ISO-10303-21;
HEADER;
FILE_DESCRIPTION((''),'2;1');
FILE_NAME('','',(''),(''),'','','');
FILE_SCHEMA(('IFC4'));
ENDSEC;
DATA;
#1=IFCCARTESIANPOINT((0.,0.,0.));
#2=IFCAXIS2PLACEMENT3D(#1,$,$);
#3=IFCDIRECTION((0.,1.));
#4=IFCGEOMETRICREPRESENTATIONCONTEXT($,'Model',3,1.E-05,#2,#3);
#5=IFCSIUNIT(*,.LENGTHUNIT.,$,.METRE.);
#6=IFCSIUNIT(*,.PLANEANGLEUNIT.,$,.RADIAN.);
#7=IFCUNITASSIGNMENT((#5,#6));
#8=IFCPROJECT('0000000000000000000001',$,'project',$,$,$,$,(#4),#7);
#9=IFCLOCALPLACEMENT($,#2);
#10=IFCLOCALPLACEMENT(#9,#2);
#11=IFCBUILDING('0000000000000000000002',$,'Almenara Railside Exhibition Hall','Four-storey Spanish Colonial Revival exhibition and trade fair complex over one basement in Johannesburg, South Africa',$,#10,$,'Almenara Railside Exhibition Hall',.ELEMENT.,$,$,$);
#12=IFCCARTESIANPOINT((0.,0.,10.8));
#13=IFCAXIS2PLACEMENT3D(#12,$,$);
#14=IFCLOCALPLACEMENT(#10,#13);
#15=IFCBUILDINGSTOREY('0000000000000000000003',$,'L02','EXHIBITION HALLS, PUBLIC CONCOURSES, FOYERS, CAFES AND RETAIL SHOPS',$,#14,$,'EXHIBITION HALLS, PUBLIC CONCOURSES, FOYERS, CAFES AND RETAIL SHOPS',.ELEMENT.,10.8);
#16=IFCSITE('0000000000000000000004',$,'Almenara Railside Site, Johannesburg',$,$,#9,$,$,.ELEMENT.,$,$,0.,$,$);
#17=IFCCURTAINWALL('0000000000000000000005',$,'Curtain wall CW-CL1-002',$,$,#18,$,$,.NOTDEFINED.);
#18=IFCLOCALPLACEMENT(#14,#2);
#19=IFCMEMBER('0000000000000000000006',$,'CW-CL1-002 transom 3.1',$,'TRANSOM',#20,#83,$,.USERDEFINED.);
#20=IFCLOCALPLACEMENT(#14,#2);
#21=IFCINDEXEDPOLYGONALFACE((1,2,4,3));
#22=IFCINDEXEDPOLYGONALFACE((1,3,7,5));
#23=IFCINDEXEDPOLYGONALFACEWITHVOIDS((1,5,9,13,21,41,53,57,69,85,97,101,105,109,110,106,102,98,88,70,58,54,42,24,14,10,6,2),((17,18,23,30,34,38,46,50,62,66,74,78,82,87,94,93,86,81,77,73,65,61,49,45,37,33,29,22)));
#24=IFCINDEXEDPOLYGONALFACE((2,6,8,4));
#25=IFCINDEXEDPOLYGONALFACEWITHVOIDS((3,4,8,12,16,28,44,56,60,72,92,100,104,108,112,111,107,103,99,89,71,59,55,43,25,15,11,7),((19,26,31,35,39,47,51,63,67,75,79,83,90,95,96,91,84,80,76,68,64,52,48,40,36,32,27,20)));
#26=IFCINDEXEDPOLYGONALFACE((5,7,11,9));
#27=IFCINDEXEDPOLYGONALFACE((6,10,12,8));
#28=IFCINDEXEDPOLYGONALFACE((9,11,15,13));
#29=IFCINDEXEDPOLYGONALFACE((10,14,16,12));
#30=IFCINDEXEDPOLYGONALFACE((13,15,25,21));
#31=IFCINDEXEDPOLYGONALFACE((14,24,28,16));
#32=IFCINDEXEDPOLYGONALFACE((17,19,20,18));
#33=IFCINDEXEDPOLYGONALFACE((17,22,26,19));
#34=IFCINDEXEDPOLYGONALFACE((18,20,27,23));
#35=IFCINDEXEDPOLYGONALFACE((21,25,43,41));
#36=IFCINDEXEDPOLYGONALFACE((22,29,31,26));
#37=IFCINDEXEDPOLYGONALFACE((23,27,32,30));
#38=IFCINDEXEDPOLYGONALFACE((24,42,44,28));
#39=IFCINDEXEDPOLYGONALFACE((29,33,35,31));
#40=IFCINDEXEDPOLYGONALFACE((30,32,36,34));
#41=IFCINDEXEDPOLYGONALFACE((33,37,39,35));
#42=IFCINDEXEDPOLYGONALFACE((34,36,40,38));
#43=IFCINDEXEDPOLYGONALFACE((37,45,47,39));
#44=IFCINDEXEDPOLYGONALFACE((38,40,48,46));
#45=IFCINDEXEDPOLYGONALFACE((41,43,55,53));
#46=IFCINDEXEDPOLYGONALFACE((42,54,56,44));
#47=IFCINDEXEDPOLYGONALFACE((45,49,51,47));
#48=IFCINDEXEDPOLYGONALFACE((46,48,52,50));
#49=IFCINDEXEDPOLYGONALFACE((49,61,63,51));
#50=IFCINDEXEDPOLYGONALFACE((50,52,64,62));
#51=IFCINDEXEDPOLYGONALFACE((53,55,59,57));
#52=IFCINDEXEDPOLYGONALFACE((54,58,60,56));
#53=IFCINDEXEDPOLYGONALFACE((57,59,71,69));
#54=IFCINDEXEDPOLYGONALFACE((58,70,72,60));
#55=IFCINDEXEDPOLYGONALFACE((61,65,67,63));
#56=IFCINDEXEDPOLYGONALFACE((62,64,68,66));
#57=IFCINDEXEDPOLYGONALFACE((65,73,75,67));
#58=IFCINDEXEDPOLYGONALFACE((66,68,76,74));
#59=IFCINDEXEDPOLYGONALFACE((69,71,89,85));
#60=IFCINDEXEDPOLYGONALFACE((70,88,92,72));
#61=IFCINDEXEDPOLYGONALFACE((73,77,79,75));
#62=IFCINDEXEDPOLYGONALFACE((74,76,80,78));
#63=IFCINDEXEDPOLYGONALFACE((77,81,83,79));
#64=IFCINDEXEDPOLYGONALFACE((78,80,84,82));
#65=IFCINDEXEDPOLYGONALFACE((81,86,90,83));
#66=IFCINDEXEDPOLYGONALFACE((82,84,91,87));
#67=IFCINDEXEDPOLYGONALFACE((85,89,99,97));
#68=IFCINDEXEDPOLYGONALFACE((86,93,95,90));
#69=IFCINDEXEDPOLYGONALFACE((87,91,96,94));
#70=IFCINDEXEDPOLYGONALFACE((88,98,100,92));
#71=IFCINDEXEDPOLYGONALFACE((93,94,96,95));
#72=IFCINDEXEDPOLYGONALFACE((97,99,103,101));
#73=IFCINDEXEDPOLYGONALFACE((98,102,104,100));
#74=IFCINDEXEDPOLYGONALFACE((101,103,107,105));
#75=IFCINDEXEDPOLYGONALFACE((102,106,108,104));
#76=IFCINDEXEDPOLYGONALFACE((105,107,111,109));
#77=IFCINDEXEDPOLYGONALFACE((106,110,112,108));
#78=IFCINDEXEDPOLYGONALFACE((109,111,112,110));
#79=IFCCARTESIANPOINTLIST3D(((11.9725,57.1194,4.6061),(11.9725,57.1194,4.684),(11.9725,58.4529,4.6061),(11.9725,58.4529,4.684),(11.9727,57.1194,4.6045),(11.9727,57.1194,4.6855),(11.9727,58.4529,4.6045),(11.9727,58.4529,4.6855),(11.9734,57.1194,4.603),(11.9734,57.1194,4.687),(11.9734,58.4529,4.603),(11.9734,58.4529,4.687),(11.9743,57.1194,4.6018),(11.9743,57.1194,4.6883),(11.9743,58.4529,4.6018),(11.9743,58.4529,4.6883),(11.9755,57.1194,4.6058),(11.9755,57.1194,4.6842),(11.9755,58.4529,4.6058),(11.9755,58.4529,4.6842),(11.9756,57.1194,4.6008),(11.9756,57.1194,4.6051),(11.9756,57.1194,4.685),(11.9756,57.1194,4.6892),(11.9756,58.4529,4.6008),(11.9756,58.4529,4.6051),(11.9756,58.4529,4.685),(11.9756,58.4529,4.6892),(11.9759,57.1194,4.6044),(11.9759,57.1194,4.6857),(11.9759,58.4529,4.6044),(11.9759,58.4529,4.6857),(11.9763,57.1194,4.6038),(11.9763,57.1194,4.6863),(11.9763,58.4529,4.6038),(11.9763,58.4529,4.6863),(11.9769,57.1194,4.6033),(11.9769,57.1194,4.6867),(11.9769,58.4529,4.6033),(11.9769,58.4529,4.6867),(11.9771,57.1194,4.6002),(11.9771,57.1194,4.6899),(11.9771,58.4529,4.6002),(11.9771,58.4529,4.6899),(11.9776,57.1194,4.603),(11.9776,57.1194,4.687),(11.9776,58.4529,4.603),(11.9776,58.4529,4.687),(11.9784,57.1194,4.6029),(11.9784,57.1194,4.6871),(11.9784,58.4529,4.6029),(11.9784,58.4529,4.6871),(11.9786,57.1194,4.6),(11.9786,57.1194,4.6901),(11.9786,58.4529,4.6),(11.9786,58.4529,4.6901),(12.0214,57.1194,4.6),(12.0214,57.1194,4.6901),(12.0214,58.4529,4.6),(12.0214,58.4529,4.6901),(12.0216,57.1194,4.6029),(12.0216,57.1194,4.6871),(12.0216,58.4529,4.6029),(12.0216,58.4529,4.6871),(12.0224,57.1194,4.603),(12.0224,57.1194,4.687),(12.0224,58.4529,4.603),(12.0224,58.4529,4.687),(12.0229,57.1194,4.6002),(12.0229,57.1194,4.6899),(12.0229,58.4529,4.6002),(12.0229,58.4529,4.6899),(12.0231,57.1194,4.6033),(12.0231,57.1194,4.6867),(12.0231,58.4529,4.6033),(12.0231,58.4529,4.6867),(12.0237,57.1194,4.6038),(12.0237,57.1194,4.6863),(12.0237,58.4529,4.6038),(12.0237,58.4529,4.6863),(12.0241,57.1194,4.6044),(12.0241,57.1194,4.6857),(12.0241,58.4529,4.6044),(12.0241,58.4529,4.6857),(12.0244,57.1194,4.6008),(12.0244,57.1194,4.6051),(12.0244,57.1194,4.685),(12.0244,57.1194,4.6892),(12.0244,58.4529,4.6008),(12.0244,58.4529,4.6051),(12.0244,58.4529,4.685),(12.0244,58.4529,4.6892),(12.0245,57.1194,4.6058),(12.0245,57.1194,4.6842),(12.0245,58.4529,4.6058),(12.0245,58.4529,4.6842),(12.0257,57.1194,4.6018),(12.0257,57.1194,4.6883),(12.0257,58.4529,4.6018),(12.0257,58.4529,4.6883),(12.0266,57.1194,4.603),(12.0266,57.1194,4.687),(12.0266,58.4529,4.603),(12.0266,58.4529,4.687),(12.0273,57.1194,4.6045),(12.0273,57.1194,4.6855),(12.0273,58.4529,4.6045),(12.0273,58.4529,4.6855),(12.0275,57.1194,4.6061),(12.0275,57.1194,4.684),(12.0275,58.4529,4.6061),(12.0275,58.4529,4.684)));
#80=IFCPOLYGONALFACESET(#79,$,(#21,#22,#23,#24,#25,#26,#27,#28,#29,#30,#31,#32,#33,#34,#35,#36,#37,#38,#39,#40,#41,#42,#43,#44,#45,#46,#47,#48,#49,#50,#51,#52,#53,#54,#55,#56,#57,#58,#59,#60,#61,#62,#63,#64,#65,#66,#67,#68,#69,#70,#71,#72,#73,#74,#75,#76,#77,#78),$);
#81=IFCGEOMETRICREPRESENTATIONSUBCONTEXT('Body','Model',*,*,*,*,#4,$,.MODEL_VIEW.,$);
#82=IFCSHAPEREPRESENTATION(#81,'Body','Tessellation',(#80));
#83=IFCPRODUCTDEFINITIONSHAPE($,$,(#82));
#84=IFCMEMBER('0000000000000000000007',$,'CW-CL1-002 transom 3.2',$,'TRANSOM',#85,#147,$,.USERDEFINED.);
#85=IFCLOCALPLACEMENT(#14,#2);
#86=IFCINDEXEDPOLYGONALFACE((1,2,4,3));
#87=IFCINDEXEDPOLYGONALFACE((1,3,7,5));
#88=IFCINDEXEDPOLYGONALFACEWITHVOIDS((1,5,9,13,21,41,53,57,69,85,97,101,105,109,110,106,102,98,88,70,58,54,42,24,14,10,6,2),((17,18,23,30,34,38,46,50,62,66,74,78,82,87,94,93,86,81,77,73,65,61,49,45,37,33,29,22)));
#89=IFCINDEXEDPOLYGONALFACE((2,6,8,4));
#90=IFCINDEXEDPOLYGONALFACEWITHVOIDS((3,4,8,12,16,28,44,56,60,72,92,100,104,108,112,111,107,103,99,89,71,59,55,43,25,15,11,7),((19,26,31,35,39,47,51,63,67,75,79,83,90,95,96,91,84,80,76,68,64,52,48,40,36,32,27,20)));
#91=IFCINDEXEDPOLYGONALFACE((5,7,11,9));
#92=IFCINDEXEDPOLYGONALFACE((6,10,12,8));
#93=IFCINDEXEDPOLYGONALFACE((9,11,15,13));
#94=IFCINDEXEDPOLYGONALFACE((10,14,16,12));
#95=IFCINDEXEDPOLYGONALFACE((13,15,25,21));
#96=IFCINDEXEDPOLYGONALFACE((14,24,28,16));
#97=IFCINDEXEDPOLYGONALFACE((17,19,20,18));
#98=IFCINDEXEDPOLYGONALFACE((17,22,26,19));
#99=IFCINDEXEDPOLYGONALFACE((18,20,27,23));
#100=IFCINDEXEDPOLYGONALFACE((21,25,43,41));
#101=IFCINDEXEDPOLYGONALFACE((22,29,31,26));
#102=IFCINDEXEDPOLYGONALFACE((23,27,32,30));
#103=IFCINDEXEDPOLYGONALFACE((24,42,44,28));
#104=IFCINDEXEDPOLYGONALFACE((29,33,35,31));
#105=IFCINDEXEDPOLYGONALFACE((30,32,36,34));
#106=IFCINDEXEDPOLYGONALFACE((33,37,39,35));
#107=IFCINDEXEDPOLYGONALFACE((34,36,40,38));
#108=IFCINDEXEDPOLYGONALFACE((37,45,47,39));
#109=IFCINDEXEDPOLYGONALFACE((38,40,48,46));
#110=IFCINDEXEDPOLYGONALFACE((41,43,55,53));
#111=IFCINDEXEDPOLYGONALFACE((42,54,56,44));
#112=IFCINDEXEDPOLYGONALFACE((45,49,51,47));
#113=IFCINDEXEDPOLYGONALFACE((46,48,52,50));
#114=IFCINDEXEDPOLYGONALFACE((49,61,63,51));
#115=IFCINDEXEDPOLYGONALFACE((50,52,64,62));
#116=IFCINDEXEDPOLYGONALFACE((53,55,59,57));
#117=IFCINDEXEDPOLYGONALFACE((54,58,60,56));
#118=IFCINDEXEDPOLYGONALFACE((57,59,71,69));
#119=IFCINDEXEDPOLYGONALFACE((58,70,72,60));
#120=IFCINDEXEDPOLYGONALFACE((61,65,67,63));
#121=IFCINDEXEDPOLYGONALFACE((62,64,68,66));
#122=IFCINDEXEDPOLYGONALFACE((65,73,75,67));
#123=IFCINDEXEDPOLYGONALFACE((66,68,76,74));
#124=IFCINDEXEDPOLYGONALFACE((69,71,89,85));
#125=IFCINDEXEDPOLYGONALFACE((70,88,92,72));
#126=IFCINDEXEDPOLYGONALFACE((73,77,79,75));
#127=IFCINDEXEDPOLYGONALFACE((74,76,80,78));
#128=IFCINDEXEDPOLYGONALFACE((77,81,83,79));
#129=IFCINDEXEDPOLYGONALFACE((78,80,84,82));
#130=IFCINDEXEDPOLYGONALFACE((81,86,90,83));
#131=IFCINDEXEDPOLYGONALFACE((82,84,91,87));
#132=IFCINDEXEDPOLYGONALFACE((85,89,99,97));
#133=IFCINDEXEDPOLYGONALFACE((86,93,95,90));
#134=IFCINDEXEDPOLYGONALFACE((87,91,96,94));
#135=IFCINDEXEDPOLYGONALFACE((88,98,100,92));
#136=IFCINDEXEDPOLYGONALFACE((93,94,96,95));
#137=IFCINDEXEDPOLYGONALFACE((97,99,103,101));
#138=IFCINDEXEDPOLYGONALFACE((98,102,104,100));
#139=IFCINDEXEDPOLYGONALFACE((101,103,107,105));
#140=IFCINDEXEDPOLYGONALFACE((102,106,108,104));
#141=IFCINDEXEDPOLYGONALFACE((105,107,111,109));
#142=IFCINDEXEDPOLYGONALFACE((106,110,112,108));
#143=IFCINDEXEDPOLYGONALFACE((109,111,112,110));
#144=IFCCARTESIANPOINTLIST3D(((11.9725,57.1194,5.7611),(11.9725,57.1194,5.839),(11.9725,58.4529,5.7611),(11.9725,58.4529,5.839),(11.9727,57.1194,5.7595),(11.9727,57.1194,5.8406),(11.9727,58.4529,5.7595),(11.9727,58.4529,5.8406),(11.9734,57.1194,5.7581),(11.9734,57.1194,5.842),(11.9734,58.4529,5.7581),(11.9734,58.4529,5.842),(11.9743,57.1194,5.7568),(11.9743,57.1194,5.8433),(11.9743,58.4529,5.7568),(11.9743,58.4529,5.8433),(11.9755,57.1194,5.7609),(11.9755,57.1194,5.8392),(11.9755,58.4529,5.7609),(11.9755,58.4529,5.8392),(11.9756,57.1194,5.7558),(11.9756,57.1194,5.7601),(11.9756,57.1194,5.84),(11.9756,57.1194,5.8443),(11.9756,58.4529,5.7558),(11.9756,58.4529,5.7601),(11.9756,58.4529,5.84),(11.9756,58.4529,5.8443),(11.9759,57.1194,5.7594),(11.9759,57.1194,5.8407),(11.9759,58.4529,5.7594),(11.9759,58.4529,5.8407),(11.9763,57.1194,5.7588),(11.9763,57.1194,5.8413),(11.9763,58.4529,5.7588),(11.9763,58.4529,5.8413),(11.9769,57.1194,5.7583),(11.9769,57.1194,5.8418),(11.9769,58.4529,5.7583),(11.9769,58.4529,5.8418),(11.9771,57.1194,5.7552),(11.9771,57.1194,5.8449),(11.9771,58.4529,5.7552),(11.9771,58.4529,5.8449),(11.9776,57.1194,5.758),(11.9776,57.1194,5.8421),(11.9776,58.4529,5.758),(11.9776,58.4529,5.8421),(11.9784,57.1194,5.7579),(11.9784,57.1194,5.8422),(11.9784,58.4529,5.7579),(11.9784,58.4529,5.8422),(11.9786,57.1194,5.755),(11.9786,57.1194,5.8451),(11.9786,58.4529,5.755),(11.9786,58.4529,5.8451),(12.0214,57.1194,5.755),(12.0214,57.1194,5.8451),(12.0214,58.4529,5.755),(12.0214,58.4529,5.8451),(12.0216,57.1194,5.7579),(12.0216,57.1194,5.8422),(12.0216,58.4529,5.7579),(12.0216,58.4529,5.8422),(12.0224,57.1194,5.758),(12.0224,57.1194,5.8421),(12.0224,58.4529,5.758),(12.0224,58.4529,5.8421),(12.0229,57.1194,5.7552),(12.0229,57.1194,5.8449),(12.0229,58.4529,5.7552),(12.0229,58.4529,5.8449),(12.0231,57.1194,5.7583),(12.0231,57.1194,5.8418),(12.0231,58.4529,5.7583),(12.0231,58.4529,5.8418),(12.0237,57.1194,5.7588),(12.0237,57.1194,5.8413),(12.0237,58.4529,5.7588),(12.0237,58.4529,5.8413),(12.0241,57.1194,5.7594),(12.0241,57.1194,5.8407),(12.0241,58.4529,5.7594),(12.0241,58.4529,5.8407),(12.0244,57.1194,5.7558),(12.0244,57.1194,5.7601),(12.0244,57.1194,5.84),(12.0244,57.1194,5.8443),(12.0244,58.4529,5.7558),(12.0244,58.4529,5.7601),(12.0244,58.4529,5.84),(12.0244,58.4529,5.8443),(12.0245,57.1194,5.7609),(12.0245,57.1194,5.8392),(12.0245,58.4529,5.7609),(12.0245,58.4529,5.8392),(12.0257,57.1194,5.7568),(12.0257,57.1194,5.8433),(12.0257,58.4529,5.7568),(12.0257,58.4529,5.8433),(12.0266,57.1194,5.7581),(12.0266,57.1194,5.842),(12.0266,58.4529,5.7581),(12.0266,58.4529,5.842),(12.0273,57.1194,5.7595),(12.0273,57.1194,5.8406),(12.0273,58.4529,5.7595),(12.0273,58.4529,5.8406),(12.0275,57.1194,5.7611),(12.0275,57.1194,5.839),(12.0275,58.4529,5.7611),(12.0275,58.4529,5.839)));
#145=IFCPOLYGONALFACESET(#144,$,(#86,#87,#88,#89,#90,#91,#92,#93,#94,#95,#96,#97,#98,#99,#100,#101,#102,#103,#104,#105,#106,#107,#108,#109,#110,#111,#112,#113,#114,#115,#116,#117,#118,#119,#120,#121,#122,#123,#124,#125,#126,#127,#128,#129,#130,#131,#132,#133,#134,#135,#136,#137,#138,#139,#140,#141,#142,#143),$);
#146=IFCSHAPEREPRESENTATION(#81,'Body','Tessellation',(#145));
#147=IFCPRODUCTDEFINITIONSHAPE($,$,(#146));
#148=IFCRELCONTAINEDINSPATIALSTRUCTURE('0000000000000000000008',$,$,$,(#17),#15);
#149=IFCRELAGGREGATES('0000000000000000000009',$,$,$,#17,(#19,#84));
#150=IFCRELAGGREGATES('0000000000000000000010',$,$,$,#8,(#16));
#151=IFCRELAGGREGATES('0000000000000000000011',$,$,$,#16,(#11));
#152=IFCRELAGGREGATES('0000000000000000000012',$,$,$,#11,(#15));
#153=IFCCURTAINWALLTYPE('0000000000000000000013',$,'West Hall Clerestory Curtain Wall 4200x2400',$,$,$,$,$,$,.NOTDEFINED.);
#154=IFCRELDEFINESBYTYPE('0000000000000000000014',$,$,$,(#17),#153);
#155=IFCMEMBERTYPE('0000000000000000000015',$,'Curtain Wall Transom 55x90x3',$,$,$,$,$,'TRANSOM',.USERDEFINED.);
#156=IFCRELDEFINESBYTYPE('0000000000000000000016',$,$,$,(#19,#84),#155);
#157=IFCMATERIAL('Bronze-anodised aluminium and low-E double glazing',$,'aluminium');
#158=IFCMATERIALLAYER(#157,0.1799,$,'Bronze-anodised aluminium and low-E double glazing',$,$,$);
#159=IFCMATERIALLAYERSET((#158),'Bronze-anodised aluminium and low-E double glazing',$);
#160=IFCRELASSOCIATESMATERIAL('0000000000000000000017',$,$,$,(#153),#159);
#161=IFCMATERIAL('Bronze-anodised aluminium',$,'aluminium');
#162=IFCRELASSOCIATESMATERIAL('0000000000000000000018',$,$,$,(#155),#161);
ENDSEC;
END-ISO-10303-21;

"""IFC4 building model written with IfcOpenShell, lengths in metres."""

from ifc_helpers import new_model, si_unit, direction, frame, origin, origin_2d, place, context, subcontext, project, spatial, hollow_rectangle, extrude, material, layer, layer_set, material_profile, profile_set, type_object, element, aggregate, save


model = new_model("IFC4")

# Units and contexts
model_context = context("Model", 3, precision=1e-05, world=origin(), true_north=direction((0.0, 1.0)))
body_context = subcontext(model_context, "Body", "Model", "MODEL_VIEW")
ifc_project = project(units=[si_unit("LENGTHUNIT", "METRE"), si_unit("PLANEANGLEUNIT", "RADIAN")], contexts=[model_context])

# Site, building, storey
site_placement = place(None, origin())
site = spatial("IfcSite", under=ifc_project, at=site_placement, Name="Almenara Railside Site, Johannesburg", CompositionType="ELEMENT", RefElevation=0.0)
building_placement = place(site_placement, origin())
building = spatial("IfcBuilding", under=site, at=building_placement, Name="Almenara Railside Exhibition Hall", Description="Four-storey Spanish Colonial Revival exhibition and trade fair complex over one basement in Johannesburg, South Africa", LongName="Almenara Railside Exhibition Hall", CompositionType="ELEMENT")
storey_placement = place(building_placement, frame((0.0, 0.0, 10.8)))
storey = spatial("IfcBuildingStorey", under=building, at=storey_placement, Name="L02", Description="EXHIBITION HALLS, PUBLIC CONCOURSES, FOYERS, CAFES AND RETAIL SHOPS", LongName="EXHIBITION HALLS, PUBLIC CONCOURSES, FOYERS, CAFES AND RETAIL SHOPS", CompositionType="ELEMENT", Elevation=10.8)

# Curtain wall
ifc_material_1 = material(Name="Bronze-anodised aluminium and low-E double glazing", Category="aluminium")
ifc_layer_1 = layer(ifc_material_1, 0.1799, Name="Bronze-anodised aluminium and low-E double glazing")
ifc_layer_set_1 = layer_set([ifc_layer_1], Name="Bronze-anodised aluminium and low-E double glazing")
curtain_wall_type = type_object("IfcCurtainWallType", Name="West Hall Clerestory Curtain Wall 4200x2400", PredefinedType="NOTDEFINED", material=ifc_layer_set_1)
curtain_wall_1_placement = place(storey_placement, origin())
curtain_wall_1 = element("IfcCurtainWall", 1, at=curtain_wall_1_placement, inside=storey, type_object=curtain_wall_type, Name="Curtain wall CW-CL1-002", PredefinedType="NOTDEFINED")
ifc_material_2 = material(Name="Bronze-anodised aluminium", Category="aluminium")

# Members
ifc_material_profile_1 = material_profile(ifc_material_2, hollow_rectangle(XDim=0.0549, YDim=0.0901, WallThickness=0.0029, InnerFilletRadius=0.0029, OuterFilletRadius=0.0061, at=origin_2d()), Name="ALU-TRN 55x90x3")
ifc_profile_set_1 = profile_set([ifc_material_profile_1], Name="Bronze-anodised aluminium")
member_type_1 = type_object("IfcMemberType", Name="Curtain Wall Transom 55x90x3", ElementType="TRANSOM", PredefinedType="USERDEFINED", material=ifc_profile_set_1)
member_1_placement = place(storey_placement, frame((12.0, 57.1194, 4.645), z_axis=(0.0, 1.0, 0.0), x_axis=(-1.0, 0.0, 0.0)))
member_1 = element("IfcMember", 2, at=member_1_placement, type_object=member_type_1, Name="CW-CL1-002 transom 3.1", ObjectType="TRANSOM", PredefinedType="USERDEFINED", context=body_context, shape_type="SweptSolid", body=[
    extrude(hollow_rectangle(XDim=0.0549, YDim=0.0901, WallThickness=0.0029, InnerFilletRadius=0.0029, OuterFilletRadius=0.0061, at=origin_2d()), origin(), (0.0, 0.0, 1.0), 1.3335),
])
member_2_placement = place(storey_placement, frame((12.0, 57.1194, 5.8), z_axis=(0.0, 1.0, 0.0), x_axis=(-1.0, 0.0, 0.0)))
member_2 = element("IfcMember", 3, at=member_2_placement, type_object=member_type_1, Name="CW-CL1-002 transom 3.2", ObjectType="TRANSOM", PredefinedType="USERDEFINED", context=body_context, shape_type="SweptSolid", body=[
    extrude(hollow_rectangle(XDim=0.0549, YDim=0.0901, WallThickness=0.0029, InnerFilletRadius=0.0029, OuterFilletRadius=0.0061, at=origin_2d()), origin(), (0.0, 0.0, 1.0), 1.3335),
])

aggregate(curtain_wall_1, [member_1, member_2])

save(model, "model.ifc")
